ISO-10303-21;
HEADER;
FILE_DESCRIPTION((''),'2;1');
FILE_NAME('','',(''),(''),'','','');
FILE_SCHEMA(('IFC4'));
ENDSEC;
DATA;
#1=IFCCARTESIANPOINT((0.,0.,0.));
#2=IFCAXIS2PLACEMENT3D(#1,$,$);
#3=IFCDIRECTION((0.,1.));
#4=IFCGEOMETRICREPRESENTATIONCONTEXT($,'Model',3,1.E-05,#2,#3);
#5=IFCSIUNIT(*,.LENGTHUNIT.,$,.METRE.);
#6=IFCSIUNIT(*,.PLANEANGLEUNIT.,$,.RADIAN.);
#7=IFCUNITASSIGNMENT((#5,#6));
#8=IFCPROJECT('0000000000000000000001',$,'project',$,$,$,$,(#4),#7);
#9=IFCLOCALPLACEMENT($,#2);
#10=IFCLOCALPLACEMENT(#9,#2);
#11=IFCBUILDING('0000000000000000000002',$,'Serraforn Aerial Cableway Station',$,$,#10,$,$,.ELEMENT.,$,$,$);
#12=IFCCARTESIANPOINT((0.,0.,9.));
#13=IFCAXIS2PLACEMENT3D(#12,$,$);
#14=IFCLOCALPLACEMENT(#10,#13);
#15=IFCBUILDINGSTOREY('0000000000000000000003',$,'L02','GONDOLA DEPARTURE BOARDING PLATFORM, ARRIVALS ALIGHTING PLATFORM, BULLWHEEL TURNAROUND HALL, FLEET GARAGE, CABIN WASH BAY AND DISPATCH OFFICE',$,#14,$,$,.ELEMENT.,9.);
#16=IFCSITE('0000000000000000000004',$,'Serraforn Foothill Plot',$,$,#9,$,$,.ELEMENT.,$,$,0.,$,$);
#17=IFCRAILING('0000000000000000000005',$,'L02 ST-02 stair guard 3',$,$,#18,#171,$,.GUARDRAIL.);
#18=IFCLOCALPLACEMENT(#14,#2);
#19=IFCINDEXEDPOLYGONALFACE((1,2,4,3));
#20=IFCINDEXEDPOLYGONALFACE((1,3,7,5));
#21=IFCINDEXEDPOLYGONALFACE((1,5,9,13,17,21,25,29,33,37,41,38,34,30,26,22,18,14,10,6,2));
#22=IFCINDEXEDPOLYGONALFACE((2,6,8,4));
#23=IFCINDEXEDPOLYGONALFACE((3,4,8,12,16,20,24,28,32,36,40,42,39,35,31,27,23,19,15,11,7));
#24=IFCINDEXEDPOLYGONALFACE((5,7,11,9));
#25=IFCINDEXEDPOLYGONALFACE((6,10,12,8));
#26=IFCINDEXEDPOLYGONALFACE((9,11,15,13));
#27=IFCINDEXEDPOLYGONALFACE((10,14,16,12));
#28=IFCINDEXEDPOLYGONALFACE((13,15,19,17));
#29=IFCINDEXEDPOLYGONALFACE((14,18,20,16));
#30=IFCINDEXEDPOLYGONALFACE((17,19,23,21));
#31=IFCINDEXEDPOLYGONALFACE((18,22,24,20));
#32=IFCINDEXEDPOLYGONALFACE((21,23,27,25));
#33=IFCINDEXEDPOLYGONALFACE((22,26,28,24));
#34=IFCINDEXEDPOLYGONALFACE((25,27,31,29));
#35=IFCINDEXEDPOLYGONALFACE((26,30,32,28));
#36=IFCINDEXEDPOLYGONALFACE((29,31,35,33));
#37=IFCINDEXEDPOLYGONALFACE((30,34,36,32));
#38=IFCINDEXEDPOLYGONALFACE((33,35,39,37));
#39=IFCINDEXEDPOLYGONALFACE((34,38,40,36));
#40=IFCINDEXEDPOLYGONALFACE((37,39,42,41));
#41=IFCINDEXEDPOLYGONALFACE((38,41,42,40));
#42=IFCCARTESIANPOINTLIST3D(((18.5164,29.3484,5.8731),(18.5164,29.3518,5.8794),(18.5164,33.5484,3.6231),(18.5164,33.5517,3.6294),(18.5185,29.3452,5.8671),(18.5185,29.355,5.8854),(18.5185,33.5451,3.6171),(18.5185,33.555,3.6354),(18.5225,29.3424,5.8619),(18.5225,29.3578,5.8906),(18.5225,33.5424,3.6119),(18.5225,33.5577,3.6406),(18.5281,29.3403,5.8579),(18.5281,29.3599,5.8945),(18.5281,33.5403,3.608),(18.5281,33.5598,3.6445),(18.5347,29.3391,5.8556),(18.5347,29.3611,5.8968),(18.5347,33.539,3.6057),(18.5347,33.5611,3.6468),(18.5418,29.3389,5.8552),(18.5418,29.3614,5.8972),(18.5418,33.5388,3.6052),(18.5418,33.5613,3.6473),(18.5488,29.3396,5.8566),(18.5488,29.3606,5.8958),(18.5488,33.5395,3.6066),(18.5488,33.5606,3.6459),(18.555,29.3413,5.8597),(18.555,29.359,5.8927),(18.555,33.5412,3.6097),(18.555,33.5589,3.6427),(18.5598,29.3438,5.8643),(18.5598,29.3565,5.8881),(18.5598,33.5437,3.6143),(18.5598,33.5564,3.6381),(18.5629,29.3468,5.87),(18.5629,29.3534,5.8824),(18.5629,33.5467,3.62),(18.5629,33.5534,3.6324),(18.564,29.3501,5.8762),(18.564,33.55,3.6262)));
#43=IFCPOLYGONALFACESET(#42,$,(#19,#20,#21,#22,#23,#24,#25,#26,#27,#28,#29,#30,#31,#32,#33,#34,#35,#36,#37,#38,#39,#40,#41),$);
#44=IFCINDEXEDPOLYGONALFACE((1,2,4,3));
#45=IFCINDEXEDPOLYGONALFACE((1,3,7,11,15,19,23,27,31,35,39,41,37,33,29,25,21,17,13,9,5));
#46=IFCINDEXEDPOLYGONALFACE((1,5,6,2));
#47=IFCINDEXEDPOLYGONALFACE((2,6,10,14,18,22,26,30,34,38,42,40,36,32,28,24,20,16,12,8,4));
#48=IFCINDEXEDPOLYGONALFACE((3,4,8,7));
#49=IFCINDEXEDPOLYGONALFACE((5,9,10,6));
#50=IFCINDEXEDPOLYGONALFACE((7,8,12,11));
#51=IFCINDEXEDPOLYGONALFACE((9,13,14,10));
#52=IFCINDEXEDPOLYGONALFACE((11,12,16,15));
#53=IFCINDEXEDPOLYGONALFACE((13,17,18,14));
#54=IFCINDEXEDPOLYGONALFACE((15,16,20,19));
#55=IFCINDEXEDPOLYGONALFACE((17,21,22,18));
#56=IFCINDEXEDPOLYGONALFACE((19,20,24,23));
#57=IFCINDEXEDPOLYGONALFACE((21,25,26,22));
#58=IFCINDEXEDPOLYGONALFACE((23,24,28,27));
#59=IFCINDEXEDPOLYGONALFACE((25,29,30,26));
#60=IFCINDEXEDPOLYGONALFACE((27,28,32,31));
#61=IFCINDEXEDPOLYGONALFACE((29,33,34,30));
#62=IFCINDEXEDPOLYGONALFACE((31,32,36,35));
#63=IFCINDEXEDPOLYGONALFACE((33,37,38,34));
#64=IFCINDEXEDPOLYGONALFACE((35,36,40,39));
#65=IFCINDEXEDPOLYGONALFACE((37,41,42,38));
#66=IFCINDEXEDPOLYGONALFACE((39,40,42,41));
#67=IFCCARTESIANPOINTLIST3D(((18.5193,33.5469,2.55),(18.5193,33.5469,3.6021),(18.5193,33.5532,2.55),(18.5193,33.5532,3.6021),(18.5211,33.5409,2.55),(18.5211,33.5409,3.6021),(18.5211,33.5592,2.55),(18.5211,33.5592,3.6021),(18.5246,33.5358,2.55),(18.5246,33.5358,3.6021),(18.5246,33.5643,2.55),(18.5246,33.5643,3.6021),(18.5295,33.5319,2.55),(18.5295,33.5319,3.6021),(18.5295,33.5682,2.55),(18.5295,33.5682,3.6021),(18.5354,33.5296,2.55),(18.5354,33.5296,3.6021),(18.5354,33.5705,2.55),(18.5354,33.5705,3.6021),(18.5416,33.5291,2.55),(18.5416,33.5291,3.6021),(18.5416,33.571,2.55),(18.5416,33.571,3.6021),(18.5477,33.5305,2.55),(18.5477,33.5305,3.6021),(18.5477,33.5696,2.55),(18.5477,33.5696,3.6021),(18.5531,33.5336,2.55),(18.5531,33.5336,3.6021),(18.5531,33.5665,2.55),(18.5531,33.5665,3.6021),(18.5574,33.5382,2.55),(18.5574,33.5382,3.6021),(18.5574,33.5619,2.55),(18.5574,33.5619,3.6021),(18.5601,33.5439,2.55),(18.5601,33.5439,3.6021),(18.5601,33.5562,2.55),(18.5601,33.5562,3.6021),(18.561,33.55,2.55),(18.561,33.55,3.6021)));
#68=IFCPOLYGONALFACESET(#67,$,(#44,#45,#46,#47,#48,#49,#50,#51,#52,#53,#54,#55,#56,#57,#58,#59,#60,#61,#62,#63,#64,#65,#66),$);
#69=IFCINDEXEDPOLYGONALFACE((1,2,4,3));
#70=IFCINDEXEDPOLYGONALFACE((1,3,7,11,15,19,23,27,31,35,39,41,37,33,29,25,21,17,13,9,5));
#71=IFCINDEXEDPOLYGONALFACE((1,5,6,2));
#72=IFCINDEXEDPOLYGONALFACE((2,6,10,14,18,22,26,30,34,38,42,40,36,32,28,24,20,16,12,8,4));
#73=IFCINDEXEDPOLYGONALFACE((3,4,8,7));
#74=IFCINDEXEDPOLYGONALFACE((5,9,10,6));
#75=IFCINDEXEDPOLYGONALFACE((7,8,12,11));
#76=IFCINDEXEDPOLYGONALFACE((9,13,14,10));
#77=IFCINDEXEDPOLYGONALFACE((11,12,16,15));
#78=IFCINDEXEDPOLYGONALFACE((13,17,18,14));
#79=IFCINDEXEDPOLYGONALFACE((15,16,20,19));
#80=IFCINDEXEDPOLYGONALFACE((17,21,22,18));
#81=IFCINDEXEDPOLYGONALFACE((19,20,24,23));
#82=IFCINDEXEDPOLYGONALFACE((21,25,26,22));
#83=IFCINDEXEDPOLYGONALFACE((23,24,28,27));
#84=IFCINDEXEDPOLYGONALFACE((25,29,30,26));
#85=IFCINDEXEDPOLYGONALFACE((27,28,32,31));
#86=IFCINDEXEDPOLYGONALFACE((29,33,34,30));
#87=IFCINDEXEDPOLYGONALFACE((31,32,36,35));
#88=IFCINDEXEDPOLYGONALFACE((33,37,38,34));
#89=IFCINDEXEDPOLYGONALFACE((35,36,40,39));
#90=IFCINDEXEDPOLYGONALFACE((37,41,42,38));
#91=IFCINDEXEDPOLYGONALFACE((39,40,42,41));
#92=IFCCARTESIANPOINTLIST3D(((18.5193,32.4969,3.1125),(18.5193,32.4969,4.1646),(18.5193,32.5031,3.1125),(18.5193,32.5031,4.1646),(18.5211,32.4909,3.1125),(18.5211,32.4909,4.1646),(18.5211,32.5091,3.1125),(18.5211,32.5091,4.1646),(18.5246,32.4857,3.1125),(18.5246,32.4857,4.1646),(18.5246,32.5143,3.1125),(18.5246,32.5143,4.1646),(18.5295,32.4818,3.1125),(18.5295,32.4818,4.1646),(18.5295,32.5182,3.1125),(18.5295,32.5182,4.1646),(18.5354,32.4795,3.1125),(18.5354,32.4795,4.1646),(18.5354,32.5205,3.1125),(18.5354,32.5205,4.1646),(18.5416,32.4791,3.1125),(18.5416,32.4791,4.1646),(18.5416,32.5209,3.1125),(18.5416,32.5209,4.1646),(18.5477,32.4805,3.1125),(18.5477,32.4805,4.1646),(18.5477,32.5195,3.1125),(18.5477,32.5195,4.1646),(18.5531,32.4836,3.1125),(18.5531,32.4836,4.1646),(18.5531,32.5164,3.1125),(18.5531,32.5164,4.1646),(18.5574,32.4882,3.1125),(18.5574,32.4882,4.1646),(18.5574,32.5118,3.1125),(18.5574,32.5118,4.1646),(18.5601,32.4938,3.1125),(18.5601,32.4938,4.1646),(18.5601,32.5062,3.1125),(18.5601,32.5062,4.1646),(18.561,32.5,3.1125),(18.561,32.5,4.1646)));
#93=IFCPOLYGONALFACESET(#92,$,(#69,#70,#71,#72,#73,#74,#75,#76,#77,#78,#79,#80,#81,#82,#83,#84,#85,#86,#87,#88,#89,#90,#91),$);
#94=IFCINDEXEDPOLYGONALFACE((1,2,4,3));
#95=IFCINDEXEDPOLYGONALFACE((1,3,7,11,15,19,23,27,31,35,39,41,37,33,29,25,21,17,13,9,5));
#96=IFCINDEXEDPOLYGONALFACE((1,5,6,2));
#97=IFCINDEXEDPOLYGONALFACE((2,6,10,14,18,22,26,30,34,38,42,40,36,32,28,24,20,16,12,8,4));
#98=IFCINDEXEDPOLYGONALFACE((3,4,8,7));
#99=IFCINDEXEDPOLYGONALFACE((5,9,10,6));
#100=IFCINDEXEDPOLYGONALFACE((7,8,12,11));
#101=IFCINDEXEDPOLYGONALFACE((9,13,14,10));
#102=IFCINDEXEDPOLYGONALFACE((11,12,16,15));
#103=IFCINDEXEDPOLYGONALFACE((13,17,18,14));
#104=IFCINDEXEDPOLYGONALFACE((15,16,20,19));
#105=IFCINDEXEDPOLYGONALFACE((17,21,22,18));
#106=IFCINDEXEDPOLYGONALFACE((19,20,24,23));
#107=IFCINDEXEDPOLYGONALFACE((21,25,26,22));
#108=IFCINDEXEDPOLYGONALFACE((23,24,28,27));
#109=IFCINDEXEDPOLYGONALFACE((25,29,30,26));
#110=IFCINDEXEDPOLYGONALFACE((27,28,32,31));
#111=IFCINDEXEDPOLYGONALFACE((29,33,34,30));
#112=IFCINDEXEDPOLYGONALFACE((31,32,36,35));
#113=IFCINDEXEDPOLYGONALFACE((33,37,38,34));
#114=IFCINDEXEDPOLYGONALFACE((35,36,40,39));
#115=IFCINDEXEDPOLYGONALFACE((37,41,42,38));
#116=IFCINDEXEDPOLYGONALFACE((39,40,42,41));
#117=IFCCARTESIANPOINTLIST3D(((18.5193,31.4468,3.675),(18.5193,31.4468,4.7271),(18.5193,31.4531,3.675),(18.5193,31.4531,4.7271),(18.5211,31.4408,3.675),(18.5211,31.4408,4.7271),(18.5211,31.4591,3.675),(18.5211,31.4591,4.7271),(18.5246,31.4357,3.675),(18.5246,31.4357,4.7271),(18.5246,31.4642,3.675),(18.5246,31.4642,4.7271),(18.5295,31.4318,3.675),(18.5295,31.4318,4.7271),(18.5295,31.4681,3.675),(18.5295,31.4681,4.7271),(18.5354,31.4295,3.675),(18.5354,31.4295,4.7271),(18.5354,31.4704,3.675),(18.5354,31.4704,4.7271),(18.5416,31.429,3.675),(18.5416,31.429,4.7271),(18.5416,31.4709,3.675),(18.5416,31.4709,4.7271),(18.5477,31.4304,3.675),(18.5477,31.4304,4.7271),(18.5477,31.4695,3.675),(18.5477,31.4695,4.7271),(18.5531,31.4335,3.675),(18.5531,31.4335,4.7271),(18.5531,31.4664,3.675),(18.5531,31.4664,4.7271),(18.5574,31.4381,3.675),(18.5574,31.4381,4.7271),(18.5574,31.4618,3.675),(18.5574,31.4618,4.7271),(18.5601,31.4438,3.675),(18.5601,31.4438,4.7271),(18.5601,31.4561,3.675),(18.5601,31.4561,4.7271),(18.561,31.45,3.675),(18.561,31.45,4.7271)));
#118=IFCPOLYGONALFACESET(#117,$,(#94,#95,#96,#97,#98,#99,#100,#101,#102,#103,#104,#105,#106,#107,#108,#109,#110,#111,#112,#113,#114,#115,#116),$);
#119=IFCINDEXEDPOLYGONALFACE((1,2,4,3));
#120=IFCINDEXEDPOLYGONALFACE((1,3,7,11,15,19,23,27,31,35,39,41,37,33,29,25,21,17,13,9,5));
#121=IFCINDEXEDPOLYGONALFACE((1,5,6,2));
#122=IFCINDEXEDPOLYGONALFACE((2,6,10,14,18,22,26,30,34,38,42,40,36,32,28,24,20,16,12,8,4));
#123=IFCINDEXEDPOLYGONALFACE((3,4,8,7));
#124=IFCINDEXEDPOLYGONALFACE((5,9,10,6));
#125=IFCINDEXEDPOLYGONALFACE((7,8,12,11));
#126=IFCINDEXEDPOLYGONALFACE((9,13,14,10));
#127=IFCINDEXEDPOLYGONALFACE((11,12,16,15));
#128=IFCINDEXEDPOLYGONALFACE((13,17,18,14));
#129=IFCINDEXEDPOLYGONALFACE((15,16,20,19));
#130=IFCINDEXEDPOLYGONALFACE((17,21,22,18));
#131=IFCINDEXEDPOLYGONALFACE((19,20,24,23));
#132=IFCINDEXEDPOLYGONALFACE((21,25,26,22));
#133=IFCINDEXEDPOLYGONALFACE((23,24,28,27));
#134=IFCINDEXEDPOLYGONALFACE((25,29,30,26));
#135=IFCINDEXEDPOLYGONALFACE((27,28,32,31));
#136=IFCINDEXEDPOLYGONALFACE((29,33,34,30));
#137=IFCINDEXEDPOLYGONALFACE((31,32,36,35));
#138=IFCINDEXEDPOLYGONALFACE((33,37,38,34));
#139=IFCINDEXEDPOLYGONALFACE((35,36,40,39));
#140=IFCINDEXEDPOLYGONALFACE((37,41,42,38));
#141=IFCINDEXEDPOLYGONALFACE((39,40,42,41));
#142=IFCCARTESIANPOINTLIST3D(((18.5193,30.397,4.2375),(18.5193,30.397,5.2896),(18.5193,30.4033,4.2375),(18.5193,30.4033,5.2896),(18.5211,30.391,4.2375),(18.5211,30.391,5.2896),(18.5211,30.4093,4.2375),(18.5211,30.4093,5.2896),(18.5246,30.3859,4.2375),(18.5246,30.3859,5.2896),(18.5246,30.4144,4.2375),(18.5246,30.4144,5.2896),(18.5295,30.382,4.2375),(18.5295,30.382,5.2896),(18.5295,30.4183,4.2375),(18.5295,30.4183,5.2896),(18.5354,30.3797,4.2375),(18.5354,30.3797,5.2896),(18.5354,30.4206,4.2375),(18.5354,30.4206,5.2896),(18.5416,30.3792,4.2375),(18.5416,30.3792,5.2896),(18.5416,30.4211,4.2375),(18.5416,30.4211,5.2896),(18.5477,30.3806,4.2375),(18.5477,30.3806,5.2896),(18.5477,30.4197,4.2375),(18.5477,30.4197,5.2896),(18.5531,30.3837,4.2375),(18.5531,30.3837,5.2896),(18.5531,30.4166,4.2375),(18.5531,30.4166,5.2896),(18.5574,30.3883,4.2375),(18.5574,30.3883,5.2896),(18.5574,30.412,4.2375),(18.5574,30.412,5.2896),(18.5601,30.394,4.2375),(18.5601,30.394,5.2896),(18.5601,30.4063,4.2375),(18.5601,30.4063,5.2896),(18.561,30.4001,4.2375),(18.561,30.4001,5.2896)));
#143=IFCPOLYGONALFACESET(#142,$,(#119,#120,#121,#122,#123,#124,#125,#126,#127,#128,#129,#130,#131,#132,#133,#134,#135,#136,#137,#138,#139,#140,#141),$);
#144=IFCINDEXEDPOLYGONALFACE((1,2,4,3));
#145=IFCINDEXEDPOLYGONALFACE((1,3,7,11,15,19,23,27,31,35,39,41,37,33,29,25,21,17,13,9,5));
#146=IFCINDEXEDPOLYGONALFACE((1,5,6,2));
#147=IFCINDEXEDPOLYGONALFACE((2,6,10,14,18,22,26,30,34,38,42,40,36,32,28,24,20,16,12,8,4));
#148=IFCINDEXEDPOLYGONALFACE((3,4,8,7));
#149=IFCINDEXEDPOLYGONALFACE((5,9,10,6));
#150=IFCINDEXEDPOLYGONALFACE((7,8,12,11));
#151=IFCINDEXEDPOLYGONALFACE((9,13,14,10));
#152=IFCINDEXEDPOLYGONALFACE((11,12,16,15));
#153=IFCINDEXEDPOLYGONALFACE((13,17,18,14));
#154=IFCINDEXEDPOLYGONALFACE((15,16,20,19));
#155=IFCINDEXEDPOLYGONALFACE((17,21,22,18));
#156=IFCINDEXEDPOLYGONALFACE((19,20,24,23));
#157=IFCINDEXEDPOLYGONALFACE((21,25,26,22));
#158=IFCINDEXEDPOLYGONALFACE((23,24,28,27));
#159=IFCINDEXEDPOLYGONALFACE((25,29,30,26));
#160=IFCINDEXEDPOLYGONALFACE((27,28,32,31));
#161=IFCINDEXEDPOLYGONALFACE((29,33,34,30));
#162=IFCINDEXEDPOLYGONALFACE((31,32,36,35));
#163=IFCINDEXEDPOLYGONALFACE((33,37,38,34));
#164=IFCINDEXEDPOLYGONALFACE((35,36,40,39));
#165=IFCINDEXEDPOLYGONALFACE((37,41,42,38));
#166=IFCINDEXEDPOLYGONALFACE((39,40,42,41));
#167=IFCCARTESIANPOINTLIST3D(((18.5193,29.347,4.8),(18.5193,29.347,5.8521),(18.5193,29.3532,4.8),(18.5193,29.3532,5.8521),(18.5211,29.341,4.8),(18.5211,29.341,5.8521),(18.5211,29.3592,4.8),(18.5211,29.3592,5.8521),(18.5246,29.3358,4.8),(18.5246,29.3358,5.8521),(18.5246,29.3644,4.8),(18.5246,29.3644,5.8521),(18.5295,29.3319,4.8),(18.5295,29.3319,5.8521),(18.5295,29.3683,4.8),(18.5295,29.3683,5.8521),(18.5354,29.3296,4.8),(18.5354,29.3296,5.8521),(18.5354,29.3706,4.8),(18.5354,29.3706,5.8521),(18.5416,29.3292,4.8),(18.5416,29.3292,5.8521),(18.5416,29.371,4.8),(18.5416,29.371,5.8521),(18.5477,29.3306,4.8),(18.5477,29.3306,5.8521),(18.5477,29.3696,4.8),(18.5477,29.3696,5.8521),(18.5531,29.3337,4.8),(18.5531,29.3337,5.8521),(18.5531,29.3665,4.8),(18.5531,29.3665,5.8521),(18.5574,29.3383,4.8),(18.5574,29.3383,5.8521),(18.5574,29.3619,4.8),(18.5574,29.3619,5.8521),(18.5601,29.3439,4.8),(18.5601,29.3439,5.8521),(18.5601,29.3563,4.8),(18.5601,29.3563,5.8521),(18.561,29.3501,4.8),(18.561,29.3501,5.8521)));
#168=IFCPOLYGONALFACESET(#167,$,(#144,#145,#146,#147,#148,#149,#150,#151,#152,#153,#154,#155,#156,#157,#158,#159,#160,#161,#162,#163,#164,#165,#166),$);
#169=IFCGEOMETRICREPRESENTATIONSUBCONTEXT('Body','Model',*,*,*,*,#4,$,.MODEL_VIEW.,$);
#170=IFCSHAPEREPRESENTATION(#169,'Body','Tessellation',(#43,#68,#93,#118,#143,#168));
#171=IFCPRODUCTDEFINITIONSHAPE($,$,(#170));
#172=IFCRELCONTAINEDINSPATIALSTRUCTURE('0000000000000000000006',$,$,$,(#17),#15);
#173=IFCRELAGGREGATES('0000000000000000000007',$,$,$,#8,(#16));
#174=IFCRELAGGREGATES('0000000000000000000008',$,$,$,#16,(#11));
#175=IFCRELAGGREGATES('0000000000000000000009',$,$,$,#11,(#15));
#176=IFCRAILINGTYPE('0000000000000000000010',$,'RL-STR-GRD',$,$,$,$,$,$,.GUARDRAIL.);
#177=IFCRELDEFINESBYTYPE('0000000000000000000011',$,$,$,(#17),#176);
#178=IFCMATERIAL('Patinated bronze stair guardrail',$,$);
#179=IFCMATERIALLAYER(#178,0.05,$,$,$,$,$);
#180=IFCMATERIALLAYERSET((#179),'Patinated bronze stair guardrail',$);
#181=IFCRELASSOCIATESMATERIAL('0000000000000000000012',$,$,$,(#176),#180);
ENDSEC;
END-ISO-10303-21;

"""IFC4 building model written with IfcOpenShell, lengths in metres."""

from ifc_helpers import new_model, si_unit, direction, frame, origin, origin_2d, place, context, subcontext, project, spatial, circle, extrude, material, layer, layer_set, type_object, element, save


model = new_model("IFC4")

# Units and contexts
model_context = context("Model", 3, precision=1e-05, world=origin(), true_north=direction((0.0, 1.0)))
body_context = subcontext(model_context, "Body", "Model", "MODEL_VIEW")
ifc_project = project(units=[si_unit("LENGTHUNIT", "METRE"), si_unit("PLANEANGLEUNIT", "RADIAN")], contexts=[model_context])

# Site, building, storey
site_placement = place(None, origin())
site = spatial("IfcSite", under=ifc_project, at=site_placement, Name="Serraforn Foothill Plot", CompositionType="ELEMENT", RefElevation=0.0)
building_placement = place(site_placement, origin())
building = spatial("IfcBuilding", under=site, at=building_placement, Name="Serraforn Aerial Cableway Station", CompositionType="ELEMENT")
storey_placement = place(building_placement, frame((0.0, 0.0, 9.0)))
storey = spatial("IfcBuildingStorey", under=building, at=storey_placement, Name="L02", Description="GONDOLA DEPARTURE BOARDING PLATFORM, ARRIVALS ALIGHTING PLATFORM, BULLWHEEL TURNAROUND HALL, FLEET GARAGE, CABIN WASH BAY AND DISPATCH OFFICE", CompositionType="ELEMENT", Elevation=9.0)

# Railing
ifc_material_1 = material(Name="Patinated bronze stair guardrail")
ifc_layer_1 = layer(ifc_material_1, 0.05)
ifc_layer_set_1 = layer_set([ifc_layer_1], Name="Patinated bronze stair guardrail")
railing_type_1 = type_object("IfcRailingType", Name="RL-STR-GRD", PredefinedType="GUARDRAIL", material=ifc_layer_set_1)
railing_1_placement = place(storey_placement, frame((18.54, 33.55, 2.55)))
element("IfcRailing", 1, at=railing_1_placement, inside=storey, type_object=railing_type_1, Name="L02 ST-02 stair guard 3", PredefinedType="GUARDRAIL", context=body_context, shape_type="SweptSolid", body=[
    extrude(circle(Radius=0.0239, at=origin_2d()), frame((0.0, 0.0, 1.0762), z_axis=(0.0, -0.881478, 0.472226), x_axis=(1.0, 0.0, 0.0)), (0.0, 0.0, 1.0), 4.7646),
    extrude(circle(Radius=0.021, at=origin_2d()), origin(), (0.0, 0.0, 1.0), 1.052),
    extrude(circle(Radius=0.021, at=origin_2d()), frame((0.0, -1.05, 0.5625)), (0.0, 0.0, 1.0), 1.052),
    extrude(circle(Radius=0.021, at=origin_2d()), frame((0.0, -2.1001, 1.125)), (0.0, 0.0, 1.0), 1.052),
    extrude(circle(Radius=0.021, at=origin_2d()), frame((0.0, -3.1499, 1.6875)), (0.0, 0.0, 1.0), 1.052),
    extrude(circle(Radius=0.021, at=origin_2d()), frame((0.0, -4.2, 2.25)), (0.0, 0.0, 1.0), 1.052),
])

save(model, "model.ifc")
